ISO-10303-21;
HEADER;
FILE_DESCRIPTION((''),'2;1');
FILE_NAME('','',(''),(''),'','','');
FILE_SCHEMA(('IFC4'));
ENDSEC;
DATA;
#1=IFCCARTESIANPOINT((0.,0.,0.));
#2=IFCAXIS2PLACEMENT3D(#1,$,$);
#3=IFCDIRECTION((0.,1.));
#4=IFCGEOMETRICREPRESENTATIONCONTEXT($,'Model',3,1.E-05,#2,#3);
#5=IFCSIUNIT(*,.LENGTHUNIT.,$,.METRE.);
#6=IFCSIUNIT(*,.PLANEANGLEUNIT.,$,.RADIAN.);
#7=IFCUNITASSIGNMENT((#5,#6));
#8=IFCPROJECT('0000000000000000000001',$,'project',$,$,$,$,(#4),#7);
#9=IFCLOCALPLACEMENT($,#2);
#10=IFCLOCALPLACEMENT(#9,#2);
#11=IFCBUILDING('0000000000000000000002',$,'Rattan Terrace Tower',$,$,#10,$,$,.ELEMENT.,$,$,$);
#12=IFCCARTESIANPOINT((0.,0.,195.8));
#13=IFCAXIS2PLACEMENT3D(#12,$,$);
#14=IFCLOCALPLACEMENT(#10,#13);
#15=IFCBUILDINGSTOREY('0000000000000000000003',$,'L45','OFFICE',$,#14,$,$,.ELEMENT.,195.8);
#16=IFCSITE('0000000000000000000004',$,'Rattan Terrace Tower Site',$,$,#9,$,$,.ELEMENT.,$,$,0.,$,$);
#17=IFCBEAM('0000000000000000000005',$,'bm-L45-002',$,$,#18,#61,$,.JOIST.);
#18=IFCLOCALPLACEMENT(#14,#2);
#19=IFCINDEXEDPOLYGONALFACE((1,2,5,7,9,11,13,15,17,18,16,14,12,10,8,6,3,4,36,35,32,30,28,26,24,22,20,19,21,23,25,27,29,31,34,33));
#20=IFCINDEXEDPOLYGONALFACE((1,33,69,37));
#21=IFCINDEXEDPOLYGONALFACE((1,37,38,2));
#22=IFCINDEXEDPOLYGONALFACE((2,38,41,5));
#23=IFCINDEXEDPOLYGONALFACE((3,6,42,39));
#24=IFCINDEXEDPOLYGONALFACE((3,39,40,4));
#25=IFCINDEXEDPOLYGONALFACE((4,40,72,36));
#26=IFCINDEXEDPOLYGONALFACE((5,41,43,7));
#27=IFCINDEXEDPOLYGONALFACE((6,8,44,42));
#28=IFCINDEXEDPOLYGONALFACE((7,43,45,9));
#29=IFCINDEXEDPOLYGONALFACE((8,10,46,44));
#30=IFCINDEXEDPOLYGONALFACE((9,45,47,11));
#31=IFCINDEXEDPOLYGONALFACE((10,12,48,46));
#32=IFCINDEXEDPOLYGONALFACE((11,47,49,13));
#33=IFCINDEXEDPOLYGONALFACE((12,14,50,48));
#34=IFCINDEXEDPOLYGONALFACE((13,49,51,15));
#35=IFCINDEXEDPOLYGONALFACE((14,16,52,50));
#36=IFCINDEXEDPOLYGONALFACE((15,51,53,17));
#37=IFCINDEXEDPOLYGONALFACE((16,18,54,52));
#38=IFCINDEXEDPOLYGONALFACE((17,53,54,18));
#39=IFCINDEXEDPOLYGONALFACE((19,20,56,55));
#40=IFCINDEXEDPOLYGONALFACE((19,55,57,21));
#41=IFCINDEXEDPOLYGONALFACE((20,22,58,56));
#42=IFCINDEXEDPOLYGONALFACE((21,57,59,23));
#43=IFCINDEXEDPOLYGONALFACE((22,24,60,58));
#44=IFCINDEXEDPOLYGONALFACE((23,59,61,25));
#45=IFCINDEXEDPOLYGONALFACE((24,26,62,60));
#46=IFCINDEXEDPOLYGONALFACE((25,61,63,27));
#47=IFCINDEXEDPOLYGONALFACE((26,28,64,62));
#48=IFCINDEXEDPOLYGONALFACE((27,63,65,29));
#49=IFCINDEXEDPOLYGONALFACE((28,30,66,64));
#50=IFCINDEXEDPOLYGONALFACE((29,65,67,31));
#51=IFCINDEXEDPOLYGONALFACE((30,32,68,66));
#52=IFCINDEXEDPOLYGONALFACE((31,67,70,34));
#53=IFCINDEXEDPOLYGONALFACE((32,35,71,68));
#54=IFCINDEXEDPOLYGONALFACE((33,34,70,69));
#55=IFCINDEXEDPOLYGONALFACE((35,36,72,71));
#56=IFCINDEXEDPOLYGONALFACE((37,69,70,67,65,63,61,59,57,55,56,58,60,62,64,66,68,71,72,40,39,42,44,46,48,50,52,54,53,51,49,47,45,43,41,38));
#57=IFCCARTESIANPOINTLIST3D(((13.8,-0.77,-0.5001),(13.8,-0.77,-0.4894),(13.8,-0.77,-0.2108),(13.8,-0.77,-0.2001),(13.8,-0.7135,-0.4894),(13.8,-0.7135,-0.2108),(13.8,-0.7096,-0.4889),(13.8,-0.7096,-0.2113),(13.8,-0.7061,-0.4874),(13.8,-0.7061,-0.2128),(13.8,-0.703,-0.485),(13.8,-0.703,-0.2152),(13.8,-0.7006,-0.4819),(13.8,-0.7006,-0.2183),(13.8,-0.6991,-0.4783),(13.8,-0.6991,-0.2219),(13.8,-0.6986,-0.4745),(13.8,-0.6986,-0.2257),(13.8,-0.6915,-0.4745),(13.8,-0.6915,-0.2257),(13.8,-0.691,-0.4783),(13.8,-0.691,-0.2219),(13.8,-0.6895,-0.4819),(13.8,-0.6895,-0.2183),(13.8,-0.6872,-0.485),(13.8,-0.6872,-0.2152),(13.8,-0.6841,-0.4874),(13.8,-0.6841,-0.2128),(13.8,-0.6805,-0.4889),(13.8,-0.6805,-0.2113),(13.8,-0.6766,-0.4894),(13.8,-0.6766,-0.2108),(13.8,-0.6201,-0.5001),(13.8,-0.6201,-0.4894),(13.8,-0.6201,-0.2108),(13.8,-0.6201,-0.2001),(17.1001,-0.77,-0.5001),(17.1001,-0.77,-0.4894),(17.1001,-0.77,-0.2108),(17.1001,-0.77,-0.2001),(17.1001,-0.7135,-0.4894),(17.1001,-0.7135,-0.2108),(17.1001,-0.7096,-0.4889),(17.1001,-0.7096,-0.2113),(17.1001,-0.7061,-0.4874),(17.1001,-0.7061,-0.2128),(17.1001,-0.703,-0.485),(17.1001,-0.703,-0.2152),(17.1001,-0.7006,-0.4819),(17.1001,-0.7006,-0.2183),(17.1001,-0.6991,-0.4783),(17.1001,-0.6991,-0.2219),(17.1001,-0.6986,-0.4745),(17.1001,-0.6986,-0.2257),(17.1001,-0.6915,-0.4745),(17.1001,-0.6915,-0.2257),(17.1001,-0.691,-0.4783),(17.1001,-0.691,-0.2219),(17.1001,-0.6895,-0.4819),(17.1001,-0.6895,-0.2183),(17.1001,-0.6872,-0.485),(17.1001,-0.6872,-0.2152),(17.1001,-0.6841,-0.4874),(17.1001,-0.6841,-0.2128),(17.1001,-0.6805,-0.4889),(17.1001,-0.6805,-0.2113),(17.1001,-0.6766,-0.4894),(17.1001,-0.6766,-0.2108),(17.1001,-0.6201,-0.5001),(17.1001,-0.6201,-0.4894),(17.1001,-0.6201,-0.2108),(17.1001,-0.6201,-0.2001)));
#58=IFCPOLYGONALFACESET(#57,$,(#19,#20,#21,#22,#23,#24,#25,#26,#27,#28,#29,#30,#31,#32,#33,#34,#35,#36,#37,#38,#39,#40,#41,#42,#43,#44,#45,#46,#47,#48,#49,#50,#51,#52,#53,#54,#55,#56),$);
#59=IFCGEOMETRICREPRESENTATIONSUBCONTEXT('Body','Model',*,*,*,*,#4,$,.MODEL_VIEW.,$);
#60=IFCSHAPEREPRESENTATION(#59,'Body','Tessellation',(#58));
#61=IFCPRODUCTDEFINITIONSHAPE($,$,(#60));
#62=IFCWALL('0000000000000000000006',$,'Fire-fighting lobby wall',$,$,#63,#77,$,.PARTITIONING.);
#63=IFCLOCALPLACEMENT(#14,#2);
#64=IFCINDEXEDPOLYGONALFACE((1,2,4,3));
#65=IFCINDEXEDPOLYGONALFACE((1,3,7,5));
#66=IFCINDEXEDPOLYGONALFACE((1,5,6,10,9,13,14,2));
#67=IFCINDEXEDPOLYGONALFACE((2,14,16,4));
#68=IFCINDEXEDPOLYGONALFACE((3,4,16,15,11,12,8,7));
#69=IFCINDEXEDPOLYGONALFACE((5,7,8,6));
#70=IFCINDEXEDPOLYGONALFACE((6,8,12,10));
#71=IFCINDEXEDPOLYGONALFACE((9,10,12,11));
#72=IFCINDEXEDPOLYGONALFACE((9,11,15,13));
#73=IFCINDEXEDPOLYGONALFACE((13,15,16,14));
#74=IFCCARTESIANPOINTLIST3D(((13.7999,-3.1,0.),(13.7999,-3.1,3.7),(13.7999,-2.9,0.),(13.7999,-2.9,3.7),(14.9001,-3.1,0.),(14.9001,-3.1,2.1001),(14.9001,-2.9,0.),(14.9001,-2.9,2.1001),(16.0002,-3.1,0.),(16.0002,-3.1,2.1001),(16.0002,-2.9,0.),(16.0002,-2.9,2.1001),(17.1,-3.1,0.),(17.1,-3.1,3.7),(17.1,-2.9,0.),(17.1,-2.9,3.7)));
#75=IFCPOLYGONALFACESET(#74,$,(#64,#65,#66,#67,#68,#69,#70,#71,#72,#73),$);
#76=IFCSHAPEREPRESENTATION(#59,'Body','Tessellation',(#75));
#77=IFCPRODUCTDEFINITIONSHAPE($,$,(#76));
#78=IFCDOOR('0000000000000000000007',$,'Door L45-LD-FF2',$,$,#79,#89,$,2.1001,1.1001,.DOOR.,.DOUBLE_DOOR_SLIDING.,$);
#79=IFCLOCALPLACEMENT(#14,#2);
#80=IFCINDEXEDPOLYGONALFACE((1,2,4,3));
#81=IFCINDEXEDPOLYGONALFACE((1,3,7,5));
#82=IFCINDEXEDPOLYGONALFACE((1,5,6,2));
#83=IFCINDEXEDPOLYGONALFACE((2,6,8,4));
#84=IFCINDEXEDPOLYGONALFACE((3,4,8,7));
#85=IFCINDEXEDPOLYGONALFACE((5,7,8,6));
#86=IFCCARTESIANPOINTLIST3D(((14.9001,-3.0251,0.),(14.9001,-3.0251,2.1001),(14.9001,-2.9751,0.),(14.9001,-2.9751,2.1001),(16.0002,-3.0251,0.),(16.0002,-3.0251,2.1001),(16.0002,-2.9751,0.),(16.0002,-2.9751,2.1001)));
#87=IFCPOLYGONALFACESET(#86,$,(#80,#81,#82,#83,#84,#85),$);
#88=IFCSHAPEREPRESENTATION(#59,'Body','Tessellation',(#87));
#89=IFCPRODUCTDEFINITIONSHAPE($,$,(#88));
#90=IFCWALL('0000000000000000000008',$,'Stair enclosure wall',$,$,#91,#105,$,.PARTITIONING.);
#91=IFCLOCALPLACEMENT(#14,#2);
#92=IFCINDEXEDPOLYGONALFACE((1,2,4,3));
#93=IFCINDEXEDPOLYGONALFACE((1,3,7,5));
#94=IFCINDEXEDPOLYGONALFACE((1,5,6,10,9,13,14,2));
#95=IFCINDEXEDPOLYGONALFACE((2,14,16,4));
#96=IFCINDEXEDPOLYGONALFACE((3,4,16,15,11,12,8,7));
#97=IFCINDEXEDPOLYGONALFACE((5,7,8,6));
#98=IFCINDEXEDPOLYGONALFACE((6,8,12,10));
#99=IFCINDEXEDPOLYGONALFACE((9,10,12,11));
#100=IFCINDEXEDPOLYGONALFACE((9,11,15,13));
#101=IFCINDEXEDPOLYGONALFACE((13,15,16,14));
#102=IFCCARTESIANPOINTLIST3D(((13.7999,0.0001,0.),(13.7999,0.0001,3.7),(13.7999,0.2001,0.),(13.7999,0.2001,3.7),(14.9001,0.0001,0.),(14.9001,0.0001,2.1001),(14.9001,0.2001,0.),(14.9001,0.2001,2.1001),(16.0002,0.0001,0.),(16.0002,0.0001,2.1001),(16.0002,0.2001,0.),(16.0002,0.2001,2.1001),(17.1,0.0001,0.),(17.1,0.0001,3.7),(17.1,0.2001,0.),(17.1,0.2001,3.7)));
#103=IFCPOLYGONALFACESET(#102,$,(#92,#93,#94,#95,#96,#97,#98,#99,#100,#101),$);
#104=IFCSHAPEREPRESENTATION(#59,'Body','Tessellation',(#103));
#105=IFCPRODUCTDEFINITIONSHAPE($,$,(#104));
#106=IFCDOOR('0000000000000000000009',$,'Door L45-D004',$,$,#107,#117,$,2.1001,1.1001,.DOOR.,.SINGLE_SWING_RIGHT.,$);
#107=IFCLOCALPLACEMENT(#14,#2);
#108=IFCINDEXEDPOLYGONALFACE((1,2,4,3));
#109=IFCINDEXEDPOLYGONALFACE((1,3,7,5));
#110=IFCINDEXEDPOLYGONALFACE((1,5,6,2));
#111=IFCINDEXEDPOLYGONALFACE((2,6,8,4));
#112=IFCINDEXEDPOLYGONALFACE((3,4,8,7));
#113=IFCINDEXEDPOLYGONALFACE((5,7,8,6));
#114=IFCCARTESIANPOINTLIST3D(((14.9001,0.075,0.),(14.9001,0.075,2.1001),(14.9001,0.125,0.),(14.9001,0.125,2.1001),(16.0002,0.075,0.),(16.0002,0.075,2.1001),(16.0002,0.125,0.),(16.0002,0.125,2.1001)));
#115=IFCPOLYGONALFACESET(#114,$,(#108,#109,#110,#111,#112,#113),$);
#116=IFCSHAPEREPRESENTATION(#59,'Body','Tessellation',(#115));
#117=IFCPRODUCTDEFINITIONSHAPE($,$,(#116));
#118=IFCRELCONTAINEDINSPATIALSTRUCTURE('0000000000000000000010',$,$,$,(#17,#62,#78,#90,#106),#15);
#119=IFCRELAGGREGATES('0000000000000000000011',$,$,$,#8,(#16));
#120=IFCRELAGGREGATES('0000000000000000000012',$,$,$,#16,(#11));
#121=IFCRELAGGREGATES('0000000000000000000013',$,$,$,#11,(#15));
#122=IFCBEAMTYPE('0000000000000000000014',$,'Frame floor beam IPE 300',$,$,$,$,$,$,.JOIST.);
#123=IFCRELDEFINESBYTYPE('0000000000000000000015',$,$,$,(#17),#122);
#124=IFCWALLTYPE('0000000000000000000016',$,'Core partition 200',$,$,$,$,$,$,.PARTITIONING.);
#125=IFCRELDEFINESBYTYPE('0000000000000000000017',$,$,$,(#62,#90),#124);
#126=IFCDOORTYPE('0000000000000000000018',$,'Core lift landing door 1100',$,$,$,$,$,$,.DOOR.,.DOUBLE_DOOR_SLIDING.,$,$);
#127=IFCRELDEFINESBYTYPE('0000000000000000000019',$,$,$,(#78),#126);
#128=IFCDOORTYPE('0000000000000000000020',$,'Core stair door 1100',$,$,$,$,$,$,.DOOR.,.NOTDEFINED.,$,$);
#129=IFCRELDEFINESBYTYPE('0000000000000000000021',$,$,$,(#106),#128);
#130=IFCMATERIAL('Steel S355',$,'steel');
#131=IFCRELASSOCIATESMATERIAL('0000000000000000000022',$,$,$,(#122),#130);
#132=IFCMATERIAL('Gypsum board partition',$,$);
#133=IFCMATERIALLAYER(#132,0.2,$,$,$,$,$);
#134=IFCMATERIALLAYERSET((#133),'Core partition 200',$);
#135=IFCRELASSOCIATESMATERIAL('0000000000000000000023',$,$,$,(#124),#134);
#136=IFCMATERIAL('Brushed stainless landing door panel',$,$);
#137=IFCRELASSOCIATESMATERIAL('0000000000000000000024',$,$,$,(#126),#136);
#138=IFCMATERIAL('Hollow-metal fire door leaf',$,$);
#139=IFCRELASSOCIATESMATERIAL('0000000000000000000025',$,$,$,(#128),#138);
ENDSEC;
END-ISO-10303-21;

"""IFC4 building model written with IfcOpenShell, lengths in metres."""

from ifc_helpers import new_model, si_unit, direction, frame, frame_2d, origin, origin_2d, place, context, subcontext, project, spatial, rectangle, i_section, extrude, material, layer, layer_set, material_profile, profile_set, type_object, element, fill, save


model = new_model("IFC4")

# Units and contexts
model_context = context("Model", 3, precision=1e-05, world=origin(), true_north=direction((0.0, 1.0)))
body_context = subcontext(model_context, "Body", "Model", "MODEL_VIEW")
ifc_project = project(units=[si_unit("LENGTHUNIT", "METRE"), si_unit("PLANEANGLEUNIT", "RADIAN")], contexts=[model_context])

# Site, building, storey
site_placement = place(None, origin())
site = spatial("IfcSite", under=ifc_project, at=site_placement, Name="Rattan Terrace Tower Site", CompositionType="ELEMENT", RefElevation=0.0)
building_placement = place(site_placement, origin())
building = spatial("IfcBuilding", under=site, at=building_placement, Name="Rattan Terrace Tower", CompositionType="ELEMENT")
storey_placement = place(building_placement, frame((0.0, 0.0, 195.8)))
storey = spatial("IfcBuildingStorey", under=building, at=storey_placement, Name="L45", Description="OFFICE", CompositionType="ELEMENT", Elevation=195.8)

# Beam
ifc_material_1 = material(Name="Steel S355", Category="steel")
ifc_material_profile = material_profile(ifc_material_1, i_section(OverallWidth=0.1499, OverallDepth=0.3, WebThickness=0.0071, FlangeThickness=0.0107, FilletRadius=0.0149, at=origin_2d()), Name="IPE 300")
ifc_profile_set = profile_set([ifc_material_profile], Name="Steel S355")
beam_type = type_object("IfcBeamType", Name="Frame floor beam IPE 300", PredefinedType="JOIST", material=ifc_profile_set)
beam_placement = place(storey_placement, frame((13.8, -0.6951, -0.3501), z_axis=(1.0, 0.0, 0.0), x_axis=(0.0, 1.0, 0.0)))
element("IfcBeam", 1, at=beam_placement, inside=storey, type_object=beam_type, Name="bm-L45-002", PredefinedType="JOIST", context=body_context, shape_type="SweptSolid", body=[
    extrude(i_section(OverallWidth=0.1499, OverallDepth=0.3, WebThickness=0.0071, FlangeThickness=0.0107, FilletRadius=0.0149, at=origin_2d()), origin(), (0.0, 0.0, 1.0), 3.3),
])

# Walls, openings, doors
ifc_material_2 = material(Name="Gypsum board partition")
ifc_layer_1 = layer(ifc_material_2, 0.2)
ifc_layer_set_1 = layer_set([ifc_layer_1], Name="Core partition 200")
wall_type_1 = type_object("IfcWallType", Name="Core partition 200", PredefinedType="PARTITIONING", material=ifc_layer_set_1)
wall_1_placement = place(storey_placement, frame((13.8, -3.0, 0.0), z_axis=(0.0, 0.0, 1.0), x_axis=(1.0, 0.0, 0.0)))
wall_1 = element("IfcWall", 2, at=wall_1_placement, inside=storey, type_object=wall_type_1, Name="Fire-fighting lobby wall", PredefinedType="PARTITIONING", context=body_context, shape_type="SweptSolid", body=[
    extrude(rectangle(XDim=3.3, YDim=0.2, at=frame_2d((1.6499, 0.0))), origin(), (0.0, 0.0, 1.0), 3.7),
])
opening_1_placement = place(wall_1_placement, frame((1.1001, 0.0, 0.0)))
opening_1 = element("IfcOpeningElement", 3, at=opening_1_placement, cuts=wall_1, PredefinedType="OPENING", context=body_context, shape_type="SweptSolid", body=[
    extrude(rectangle(XDim=1.1001, YDim=2.1001, at=frame_2d((0.55, 1.05))), frame((0.0, 0.1106, 0.0), z_axis=(0.0, -1.0, 0.0), x_axis=(1.0, 0.0, 0.0)), (0.0, 0.0, 1.0), 0.2209),
])
ifc_material_3 = material(Name="Brushed stainless landing door panel")
door_type_1 = type_object("IfcDoorType", Name="Core lift landing door 1100", OperationType="DOUBLE_DOOR_SLIDING", PredefinedType="DOOR", material=ifc_material_3)
door_1_placement = place(opening_1_placement, origin())
door_1 = element("IfcDoor", 4, at=door_1_placement, inside=storey, type_object=door_type_1, Name="Door L45-LD-FF2", OperationType="DOUBLE_DOOR_SLIDING", OverallHeight=2.1001, OverallWidth=1.1001, PredefinedType="DOOR", context=body_context, shape_type="SweptSolid", body=[
    extrude(rectangle(XDim=1.1001, YDim=2.1001, at=frame_2d((0.55, 1.05))), frame((0.0, 0.0249, 0.0), z_axis=(0.0, -1.0, 0.0), x_axis=(1.0, 0.0, 0.0)), (0.0, 0.0, 1.0), 0.05),
])
fill(opening_1, door_1)
wall_2_placement = place(storey_placement, frame((13.8, 0.1001, 0.0), z_axis=(0.0, 0.0, 1.0), x_axis=(1.0, 0.0, 0.0)))
wall_2 = element("IfcWall", 5, at=wall_2_placement, inside=storey, type_object=wall_type_1, Name="Stair enclosure wall", PredefinedType="PARTITIONING", context=body_context, shape_type="SweptSolid", body=[
    extrude(rectangle(XDim=3.3, YDim=0.2, at=frame_2d((1.6499, 0.0))), origin(), (0.0, 0.0, 1.0), 3.7),
])
opening_2_placement = place(wall_2_placement, frame((1.1001, 0.0, 0.0)))
opening_2 = element("IfcOpeningElement", 6, at=opening_2_placement, cuts=wall_2, PredefinedType="OPENING", context=body_context, shape_type="SweptSolid", body=[
    extrude(rectangle(XDim=1.1001, YDim=2.1001, at=frame_2d((0.55, 1.05))), frame((0.0, 0.1106, 0.0), z_axis=(0.0, -1.0, 0.0), x_axis=(1.0, 0.0, 0.0)), (0.0, 0.0, 1.0), 0.2209),
])
ifc_material_4 = material(Name="Hollow-metal fire door leaf")
door_type_2 = type_object("IfcDoorType", Name="Core stair door 1100", OperationType="NOTDEFINED", PredefinedType="DOOR", material=ifc_material_4)
door_2_placement = place(opening_2_placement, origin())
door_2 = element("IfcDoor", 7, at=door_2_placement, inside=storey, type_object=door_type_2, Name="Door L45-D004", OperationType="SINGLE_SWING_RIGHT", OverallHeight=2.1001, OverallWidth=1.1001, PredefinedType="DOOR", context=body_context, shape_type="SweptSolid", body=[
    extrude(rectangle(XDim=1.1001, YDim=2.1001, at=frame_2d((0.55, 1.05))), frame((0.0, 0.0249, 0.0), z_axis=(0.0, -1.0, 0.0), x_axis=(1.0, 0.0, 0.0)), (0.0, 0.0, 1.0), 0.05),
])
fill(opening_2, door_2)

save(model, "model.ifc")
